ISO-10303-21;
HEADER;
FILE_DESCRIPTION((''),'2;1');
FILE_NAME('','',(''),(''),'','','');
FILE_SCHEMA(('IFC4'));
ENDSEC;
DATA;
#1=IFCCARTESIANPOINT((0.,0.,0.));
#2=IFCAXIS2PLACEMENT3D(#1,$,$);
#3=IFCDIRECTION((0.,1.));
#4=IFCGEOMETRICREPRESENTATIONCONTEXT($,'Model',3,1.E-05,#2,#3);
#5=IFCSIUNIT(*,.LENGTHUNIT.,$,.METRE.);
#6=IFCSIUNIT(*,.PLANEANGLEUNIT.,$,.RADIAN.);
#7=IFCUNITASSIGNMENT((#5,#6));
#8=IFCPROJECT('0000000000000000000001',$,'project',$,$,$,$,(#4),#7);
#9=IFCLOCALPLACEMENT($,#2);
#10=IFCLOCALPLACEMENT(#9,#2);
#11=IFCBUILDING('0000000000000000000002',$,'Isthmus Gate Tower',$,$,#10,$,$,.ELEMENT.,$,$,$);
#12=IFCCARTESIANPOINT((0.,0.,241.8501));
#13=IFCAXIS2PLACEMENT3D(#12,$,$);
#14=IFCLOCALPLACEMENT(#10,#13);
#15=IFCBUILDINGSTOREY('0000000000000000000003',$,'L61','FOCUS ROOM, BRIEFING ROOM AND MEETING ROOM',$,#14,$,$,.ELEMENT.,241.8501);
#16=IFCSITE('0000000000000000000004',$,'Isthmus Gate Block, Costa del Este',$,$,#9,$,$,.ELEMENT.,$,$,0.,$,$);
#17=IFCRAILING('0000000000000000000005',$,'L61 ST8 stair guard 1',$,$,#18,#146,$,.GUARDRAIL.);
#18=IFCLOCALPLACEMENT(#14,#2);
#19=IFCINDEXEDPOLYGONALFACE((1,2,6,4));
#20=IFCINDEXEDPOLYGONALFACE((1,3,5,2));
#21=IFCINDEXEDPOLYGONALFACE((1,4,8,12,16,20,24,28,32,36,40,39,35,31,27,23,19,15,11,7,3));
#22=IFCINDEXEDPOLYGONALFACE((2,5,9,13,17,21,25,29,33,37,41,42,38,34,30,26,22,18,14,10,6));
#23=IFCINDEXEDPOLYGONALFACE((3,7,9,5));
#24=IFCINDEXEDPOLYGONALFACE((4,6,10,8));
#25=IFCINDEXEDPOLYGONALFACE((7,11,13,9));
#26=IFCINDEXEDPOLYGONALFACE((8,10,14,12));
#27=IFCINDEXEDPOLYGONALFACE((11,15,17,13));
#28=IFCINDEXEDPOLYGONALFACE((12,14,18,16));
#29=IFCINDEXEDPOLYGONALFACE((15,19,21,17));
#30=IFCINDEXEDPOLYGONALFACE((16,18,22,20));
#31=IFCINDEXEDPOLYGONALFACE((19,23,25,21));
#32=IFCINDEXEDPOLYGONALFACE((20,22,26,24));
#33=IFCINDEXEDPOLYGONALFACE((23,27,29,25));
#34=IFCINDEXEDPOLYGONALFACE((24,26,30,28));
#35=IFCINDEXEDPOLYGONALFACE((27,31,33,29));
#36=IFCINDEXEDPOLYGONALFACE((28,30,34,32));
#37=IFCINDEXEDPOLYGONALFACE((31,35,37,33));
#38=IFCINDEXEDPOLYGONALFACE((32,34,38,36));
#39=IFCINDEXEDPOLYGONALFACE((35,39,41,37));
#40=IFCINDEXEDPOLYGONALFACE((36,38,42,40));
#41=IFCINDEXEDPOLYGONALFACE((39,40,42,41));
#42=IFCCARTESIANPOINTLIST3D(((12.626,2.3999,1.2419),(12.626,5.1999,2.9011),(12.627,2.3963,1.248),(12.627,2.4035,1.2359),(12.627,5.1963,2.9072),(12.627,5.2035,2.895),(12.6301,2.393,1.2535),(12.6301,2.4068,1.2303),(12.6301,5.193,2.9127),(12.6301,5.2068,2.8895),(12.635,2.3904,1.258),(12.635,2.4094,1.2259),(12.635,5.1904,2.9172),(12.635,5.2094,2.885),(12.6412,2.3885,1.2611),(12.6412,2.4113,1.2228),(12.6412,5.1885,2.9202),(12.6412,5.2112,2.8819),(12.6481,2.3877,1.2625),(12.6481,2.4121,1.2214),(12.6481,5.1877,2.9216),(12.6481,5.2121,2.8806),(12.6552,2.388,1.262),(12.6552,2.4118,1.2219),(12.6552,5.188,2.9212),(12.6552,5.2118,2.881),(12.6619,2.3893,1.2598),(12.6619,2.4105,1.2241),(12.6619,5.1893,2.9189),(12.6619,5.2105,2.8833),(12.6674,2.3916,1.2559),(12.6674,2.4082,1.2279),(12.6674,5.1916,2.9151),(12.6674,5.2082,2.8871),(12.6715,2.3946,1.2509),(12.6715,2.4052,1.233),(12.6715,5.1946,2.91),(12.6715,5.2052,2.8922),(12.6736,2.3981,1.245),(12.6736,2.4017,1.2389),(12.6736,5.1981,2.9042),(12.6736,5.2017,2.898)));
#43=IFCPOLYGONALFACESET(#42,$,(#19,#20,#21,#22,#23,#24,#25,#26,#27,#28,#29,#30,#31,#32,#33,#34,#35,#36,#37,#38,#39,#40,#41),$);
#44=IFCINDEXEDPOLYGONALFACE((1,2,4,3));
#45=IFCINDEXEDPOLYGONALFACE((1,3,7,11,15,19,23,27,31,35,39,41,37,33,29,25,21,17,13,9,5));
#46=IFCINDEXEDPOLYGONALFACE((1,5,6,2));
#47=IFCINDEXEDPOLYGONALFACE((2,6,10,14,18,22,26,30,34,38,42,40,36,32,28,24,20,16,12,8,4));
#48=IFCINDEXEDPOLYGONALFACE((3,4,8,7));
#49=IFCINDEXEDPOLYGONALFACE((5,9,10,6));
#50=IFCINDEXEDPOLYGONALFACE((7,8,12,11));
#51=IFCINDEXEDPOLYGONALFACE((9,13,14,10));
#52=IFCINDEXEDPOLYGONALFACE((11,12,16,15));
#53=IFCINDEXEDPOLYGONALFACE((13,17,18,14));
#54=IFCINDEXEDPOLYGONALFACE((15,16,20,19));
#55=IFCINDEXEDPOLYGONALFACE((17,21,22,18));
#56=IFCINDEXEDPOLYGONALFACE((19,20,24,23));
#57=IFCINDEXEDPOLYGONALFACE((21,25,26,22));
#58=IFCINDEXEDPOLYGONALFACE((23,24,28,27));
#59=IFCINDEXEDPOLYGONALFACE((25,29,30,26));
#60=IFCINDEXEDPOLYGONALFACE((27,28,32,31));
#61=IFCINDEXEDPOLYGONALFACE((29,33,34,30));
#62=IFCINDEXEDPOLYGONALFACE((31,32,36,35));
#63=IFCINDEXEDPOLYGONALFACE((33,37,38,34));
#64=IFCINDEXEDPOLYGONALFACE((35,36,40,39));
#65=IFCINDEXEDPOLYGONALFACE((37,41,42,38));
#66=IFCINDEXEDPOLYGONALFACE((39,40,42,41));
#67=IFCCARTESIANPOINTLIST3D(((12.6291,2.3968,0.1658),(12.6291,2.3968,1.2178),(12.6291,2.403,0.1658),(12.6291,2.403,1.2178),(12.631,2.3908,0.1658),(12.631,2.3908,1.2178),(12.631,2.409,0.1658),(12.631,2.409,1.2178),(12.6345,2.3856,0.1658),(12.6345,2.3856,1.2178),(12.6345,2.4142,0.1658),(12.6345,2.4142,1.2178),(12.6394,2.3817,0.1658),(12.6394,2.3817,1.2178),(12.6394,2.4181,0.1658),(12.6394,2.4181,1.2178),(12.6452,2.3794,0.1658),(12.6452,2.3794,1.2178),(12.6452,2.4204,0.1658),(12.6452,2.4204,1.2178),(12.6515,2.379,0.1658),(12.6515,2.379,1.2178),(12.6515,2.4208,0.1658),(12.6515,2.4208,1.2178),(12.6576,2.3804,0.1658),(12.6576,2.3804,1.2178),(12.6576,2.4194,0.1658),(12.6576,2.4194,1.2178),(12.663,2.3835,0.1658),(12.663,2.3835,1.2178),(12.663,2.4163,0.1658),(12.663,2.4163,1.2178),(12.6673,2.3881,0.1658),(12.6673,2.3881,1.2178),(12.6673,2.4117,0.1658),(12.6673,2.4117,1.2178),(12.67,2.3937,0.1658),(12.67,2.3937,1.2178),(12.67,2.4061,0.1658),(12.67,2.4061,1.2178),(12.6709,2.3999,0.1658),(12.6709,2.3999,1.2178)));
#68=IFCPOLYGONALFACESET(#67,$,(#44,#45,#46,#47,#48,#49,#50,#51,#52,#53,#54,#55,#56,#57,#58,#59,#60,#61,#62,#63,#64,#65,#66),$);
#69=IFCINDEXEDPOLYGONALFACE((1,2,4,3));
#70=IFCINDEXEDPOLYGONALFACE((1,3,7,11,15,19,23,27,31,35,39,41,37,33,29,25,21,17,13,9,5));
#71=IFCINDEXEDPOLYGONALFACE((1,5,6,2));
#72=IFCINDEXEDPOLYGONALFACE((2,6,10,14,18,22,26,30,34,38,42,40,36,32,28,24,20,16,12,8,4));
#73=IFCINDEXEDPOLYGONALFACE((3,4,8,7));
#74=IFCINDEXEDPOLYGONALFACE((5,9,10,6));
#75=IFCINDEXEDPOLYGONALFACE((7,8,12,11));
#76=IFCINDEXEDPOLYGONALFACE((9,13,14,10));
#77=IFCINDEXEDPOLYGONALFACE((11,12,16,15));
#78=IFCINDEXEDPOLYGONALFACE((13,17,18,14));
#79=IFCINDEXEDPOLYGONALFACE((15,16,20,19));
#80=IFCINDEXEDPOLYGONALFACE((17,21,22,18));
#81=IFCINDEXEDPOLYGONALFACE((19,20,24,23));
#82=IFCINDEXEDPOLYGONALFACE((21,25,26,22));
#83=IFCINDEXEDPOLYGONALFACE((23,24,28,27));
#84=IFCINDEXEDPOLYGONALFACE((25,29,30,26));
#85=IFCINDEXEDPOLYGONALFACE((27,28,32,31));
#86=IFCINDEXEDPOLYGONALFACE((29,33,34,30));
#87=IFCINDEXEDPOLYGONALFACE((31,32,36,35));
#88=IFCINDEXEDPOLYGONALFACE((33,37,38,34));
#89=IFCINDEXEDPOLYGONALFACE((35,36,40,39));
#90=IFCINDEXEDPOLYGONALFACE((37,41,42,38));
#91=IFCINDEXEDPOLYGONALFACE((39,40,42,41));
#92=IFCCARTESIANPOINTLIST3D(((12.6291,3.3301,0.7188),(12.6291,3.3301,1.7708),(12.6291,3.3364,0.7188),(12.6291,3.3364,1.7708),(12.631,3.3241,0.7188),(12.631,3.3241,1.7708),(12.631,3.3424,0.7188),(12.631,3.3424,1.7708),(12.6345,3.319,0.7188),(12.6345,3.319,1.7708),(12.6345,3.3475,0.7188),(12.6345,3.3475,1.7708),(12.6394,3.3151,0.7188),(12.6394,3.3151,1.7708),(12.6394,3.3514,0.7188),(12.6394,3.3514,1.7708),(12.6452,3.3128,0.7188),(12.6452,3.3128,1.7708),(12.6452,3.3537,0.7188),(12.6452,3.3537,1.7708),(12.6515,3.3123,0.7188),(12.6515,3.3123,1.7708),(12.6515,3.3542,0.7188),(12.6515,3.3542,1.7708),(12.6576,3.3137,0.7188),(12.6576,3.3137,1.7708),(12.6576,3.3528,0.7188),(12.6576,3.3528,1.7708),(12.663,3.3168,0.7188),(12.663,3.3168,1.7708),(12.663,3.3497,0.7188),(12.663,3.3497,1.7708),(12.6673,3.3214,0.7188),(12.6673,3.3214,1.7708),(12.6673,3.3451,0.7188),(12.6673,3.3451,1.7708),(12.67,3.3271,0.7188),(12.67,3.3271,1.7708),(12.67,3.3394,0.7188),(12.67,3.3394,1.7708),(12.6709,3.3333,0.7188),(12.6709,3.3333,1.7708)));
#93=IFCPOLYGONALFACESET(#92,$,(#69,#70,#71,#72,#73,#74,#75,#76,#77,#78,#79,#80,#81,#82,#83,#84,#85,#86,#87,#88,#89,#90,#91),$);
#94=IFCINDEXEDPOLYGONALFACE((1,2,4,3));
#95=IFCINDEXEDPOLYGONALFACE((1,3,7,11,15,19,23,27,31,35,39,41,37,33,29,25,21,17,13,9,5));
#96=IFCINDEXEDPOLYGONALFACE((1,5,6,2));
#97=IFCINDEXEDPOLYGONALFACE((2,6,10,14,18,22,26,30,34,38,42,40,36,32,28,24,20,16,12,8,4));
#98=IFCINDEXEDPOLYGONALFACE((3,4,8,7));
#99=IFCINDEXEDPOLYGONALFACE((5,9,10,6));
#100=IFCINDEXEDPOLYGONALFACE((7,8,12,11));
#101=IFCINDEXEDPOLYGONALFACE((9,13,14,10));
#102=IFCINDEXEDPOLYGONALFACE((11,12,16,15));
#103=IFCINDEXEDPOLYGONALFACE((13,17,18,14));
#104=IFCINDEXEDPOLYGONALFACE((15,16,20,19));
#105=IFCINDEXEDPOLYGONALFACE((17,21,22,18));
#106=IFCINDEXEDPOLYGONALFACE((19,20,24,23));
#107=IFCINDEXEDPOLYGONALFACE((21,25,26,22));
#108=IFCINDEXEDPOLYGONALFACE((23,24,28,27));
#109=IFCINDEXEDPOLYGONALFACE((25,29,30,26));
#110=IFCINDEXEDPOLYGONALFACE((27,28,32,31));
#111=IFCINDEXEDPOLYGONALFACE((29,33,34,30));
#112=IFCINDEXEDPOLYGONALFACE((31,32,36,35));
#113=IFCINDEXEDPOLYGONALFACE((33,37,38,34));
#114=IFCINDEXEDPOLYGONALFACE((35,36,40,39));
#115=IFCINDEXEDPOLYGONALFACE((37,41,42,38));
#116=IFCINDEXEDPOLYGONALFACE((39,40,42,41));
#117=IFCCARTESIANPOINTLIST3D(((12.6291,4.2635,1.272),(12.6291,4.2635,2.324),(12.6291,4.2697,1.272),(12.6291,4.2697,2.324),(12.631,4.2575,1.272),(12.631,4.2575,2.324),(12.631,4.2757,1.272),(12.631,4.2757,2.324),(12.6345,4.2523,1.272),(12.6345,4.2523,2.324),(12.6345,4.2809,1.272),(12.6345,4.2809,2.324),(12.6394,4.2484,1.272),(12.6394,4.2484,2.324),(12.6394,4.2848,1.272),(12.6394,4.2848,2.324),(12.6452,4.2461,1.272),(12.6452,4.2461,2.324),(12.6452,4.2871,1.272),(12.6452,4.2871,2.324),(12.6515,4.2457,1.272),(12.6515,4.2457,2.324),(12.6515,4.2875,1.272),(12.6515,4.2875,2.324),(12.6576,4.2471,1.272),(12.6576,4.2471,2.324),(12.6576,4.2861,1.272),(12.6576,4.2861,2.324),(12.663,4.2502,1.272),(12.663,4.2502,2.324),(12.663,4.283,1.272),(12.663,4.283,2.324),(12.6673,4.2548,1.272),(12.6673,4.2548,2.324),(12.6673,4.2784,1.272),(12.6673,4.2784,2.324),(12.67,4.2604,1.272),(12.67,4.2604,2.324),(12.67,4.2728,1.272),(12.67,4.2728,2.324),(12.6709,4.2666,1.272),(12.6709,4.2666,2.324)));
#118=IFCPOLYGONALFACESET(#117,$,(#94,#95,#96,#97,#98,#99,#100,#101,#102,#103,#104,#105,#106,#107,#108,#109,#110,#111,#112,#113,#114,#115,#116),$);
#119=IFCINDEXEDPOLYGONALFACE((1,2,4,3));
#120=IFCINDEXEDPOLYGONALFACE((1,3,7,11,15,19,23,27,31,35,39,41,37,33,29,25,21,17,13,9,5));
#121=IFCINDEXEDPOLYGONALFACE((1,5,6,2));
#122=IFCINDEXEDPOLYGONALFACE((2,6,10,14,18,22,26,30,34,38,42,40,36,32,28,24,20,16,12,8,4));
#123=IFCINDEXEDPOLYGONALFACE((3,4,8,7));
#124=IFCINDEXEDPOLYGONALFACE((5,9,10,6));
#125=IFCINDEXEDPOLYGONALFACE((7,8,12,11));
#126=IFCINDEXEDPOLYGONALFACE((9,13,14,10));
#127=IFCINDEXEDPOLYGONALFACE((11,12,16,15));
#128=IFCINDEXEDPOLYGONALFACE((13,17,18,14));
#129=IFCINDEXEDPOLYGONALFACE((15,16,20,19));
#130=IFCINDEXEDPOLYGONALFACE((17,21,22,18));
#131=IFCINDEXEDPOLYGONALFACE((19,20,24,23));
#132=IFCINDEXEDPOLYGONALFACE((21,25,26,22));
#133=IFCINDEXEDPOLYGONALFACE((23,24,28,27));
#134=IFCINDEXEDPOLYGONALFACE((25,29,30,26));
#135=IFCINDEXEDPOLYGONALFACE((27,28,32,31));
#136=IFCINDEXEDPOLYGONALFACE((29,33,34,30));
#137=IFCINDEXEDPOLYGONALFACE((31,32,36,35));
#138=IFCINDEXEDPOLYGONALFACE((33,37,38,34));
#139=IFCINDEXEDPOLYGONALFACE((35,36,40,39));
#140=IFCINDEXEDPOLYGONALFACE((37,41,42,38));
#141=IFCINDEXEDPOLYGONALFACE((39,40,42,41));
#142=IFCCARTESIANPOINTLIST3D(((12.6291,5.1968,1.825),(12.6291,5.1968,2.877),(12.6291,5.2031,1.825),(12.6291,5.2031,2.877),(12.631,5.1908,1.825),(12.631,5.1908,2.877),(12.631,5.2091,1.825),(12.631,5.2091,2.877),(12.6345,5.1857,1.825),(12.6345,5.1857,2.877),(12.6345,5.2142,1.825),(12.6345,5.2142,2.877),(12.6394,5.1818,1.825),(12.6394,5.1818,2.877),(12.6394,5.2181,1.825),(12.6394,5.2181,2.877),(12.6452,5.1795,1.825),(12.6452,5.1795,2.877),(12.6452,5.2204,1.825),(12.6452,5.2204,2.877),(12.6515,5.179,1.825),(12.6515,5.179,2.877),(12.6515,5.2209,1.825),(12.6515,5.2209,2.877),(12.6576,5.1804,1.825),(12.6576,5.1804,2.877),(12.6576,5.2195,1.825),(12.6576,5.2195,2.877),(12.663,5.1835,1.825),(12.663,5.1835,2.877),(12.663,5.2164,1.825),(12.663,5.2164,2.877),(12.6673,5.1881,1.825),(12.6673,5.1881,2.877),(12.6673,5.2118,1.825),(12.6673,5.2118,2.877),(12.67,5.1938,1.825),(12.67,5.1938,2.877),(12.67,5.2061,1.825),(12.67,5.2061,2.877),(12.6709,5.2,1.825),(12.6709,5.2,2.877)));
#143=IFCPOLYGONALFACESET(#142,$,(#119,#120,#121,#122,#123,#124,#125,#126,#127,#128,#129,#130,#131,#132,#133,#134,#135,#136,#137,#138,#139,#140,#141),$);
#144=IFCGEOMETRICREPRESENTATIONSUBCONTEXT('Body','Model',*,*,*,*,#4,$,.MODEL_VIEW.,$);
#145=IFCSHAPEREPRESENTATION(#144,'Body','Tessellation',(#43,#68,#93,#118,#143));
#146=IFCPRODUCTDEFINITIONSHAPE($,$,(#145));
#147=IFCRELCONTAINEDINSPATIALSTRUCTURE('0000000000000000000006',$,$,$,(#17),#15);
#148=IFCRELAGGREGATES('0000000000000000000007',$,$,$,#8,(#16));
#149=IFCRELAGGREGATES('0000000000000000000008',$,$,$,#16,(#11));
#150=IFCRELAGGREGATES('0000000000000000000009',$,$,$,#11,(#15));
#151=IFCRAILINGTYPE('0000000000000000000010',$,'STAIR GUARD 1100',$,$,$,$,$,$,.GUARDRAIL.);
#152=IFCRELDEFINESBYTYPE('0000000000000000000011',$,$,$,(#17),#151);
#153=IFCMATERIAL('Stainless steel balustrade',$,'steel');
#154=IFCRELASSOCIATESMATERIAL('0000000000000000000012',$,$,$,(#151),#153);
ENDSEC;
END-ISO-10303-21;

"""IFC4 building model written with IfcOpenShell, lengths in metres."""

from ifc_helpers import new_model, si_unit, direction, frame, origin, origin_2d, place, context, subcontext, project, spatial, circle, extrude, material, type_object, element, save


model = new_model("IFC4")

# Units and contexts
model_context = context("Model", 3, precision=1e-05, world=origin(), true_north=direction((0.0, 1.0)))
body_context = subcontext(model_context, "Body", "Model", "MODEL_VIEW")
ifc_project = project(units=[si_unit("LENGTHUNIT", "METRE"), si_unit("PLANEANGLEUNIT", "RADIAN")], contexts=[model_context])

# Site, building, storey
site_placement = place(None, origin())
site = spatial("IfcSite", under=ifc_project, at=site_placement, Name="Isthmus Gate Block, Costa del Este", CompositionType="ELEMENT", RefElevation=0.0)
building_placement = place(site_placement, origin())
building = spatial("IfcBuilding", under=site, at=building_placement, Name="Isthmus Gate Tower", CompositionType="ELEMENT")
storey_placement = place(building_placement, frame((0.0, 0.0, 241.8501)))
storey = spatial("IfcBuildingStorey", under=building, at=storey_placement, Name="L61", Description="FOCUS ROOM, BRIEFING ROOM AND MEETING ROOM", CompositionType="ELEMENT", Elevation=241.8501)

# Railing
ifc_material_1 = material(Name="Stainless steel balustrade", Category="steel")
railing_type_1 = type_object("IfcRailingType", Name="STAIR GUARD 1100", PredefinedType="GUARDRAIL", material=ifc_material_1)
railing_1_placement = place(storey_placement, frame((12.6499, 2.3999, 0.1658)))
element("IfcRailing", 1, at=railing_1_placement, inside=storey, type_object=railing_type_1, Name="L61 ST8 stair guard 1", PredefinedType="GUARDRAIL", context=body_context, shape_type="SweptSolid", body=[
    extrude(circle(Radius=0.0239, at=origin_2d()), frame((0.0, 0.0, 1.0762), z_axis=(0.0, 0.860306, 0.509778), x_axis=(-1.0, 0.0, 0.0)), (0.0, 0.0, 1.0), 3.2546),
    extrude(circle(Radius=0.021, at=origin_2d()), origin(), (0.0, 0.0, 1.0), 1.052),
    extrude(circle(Radius=0.021, at=origin_2d()), frame((0.0, 0.9333, 0.553)), (0.0, 0.0, 1.0), 1.052),
    extrude(circle(Radius=0.021, at=origin_2d()), frame((0.0, 1.8667, 1.1062)), (0.0, 0.0, 1.0), 1.052),
    extrude(circle(Radius=0.021, at=origin_2d()), frame((0.0, 2.8, 1.6592)), (0.0, 0.0, 1.0), 1.052),
])

save(model, "model.ifc")
